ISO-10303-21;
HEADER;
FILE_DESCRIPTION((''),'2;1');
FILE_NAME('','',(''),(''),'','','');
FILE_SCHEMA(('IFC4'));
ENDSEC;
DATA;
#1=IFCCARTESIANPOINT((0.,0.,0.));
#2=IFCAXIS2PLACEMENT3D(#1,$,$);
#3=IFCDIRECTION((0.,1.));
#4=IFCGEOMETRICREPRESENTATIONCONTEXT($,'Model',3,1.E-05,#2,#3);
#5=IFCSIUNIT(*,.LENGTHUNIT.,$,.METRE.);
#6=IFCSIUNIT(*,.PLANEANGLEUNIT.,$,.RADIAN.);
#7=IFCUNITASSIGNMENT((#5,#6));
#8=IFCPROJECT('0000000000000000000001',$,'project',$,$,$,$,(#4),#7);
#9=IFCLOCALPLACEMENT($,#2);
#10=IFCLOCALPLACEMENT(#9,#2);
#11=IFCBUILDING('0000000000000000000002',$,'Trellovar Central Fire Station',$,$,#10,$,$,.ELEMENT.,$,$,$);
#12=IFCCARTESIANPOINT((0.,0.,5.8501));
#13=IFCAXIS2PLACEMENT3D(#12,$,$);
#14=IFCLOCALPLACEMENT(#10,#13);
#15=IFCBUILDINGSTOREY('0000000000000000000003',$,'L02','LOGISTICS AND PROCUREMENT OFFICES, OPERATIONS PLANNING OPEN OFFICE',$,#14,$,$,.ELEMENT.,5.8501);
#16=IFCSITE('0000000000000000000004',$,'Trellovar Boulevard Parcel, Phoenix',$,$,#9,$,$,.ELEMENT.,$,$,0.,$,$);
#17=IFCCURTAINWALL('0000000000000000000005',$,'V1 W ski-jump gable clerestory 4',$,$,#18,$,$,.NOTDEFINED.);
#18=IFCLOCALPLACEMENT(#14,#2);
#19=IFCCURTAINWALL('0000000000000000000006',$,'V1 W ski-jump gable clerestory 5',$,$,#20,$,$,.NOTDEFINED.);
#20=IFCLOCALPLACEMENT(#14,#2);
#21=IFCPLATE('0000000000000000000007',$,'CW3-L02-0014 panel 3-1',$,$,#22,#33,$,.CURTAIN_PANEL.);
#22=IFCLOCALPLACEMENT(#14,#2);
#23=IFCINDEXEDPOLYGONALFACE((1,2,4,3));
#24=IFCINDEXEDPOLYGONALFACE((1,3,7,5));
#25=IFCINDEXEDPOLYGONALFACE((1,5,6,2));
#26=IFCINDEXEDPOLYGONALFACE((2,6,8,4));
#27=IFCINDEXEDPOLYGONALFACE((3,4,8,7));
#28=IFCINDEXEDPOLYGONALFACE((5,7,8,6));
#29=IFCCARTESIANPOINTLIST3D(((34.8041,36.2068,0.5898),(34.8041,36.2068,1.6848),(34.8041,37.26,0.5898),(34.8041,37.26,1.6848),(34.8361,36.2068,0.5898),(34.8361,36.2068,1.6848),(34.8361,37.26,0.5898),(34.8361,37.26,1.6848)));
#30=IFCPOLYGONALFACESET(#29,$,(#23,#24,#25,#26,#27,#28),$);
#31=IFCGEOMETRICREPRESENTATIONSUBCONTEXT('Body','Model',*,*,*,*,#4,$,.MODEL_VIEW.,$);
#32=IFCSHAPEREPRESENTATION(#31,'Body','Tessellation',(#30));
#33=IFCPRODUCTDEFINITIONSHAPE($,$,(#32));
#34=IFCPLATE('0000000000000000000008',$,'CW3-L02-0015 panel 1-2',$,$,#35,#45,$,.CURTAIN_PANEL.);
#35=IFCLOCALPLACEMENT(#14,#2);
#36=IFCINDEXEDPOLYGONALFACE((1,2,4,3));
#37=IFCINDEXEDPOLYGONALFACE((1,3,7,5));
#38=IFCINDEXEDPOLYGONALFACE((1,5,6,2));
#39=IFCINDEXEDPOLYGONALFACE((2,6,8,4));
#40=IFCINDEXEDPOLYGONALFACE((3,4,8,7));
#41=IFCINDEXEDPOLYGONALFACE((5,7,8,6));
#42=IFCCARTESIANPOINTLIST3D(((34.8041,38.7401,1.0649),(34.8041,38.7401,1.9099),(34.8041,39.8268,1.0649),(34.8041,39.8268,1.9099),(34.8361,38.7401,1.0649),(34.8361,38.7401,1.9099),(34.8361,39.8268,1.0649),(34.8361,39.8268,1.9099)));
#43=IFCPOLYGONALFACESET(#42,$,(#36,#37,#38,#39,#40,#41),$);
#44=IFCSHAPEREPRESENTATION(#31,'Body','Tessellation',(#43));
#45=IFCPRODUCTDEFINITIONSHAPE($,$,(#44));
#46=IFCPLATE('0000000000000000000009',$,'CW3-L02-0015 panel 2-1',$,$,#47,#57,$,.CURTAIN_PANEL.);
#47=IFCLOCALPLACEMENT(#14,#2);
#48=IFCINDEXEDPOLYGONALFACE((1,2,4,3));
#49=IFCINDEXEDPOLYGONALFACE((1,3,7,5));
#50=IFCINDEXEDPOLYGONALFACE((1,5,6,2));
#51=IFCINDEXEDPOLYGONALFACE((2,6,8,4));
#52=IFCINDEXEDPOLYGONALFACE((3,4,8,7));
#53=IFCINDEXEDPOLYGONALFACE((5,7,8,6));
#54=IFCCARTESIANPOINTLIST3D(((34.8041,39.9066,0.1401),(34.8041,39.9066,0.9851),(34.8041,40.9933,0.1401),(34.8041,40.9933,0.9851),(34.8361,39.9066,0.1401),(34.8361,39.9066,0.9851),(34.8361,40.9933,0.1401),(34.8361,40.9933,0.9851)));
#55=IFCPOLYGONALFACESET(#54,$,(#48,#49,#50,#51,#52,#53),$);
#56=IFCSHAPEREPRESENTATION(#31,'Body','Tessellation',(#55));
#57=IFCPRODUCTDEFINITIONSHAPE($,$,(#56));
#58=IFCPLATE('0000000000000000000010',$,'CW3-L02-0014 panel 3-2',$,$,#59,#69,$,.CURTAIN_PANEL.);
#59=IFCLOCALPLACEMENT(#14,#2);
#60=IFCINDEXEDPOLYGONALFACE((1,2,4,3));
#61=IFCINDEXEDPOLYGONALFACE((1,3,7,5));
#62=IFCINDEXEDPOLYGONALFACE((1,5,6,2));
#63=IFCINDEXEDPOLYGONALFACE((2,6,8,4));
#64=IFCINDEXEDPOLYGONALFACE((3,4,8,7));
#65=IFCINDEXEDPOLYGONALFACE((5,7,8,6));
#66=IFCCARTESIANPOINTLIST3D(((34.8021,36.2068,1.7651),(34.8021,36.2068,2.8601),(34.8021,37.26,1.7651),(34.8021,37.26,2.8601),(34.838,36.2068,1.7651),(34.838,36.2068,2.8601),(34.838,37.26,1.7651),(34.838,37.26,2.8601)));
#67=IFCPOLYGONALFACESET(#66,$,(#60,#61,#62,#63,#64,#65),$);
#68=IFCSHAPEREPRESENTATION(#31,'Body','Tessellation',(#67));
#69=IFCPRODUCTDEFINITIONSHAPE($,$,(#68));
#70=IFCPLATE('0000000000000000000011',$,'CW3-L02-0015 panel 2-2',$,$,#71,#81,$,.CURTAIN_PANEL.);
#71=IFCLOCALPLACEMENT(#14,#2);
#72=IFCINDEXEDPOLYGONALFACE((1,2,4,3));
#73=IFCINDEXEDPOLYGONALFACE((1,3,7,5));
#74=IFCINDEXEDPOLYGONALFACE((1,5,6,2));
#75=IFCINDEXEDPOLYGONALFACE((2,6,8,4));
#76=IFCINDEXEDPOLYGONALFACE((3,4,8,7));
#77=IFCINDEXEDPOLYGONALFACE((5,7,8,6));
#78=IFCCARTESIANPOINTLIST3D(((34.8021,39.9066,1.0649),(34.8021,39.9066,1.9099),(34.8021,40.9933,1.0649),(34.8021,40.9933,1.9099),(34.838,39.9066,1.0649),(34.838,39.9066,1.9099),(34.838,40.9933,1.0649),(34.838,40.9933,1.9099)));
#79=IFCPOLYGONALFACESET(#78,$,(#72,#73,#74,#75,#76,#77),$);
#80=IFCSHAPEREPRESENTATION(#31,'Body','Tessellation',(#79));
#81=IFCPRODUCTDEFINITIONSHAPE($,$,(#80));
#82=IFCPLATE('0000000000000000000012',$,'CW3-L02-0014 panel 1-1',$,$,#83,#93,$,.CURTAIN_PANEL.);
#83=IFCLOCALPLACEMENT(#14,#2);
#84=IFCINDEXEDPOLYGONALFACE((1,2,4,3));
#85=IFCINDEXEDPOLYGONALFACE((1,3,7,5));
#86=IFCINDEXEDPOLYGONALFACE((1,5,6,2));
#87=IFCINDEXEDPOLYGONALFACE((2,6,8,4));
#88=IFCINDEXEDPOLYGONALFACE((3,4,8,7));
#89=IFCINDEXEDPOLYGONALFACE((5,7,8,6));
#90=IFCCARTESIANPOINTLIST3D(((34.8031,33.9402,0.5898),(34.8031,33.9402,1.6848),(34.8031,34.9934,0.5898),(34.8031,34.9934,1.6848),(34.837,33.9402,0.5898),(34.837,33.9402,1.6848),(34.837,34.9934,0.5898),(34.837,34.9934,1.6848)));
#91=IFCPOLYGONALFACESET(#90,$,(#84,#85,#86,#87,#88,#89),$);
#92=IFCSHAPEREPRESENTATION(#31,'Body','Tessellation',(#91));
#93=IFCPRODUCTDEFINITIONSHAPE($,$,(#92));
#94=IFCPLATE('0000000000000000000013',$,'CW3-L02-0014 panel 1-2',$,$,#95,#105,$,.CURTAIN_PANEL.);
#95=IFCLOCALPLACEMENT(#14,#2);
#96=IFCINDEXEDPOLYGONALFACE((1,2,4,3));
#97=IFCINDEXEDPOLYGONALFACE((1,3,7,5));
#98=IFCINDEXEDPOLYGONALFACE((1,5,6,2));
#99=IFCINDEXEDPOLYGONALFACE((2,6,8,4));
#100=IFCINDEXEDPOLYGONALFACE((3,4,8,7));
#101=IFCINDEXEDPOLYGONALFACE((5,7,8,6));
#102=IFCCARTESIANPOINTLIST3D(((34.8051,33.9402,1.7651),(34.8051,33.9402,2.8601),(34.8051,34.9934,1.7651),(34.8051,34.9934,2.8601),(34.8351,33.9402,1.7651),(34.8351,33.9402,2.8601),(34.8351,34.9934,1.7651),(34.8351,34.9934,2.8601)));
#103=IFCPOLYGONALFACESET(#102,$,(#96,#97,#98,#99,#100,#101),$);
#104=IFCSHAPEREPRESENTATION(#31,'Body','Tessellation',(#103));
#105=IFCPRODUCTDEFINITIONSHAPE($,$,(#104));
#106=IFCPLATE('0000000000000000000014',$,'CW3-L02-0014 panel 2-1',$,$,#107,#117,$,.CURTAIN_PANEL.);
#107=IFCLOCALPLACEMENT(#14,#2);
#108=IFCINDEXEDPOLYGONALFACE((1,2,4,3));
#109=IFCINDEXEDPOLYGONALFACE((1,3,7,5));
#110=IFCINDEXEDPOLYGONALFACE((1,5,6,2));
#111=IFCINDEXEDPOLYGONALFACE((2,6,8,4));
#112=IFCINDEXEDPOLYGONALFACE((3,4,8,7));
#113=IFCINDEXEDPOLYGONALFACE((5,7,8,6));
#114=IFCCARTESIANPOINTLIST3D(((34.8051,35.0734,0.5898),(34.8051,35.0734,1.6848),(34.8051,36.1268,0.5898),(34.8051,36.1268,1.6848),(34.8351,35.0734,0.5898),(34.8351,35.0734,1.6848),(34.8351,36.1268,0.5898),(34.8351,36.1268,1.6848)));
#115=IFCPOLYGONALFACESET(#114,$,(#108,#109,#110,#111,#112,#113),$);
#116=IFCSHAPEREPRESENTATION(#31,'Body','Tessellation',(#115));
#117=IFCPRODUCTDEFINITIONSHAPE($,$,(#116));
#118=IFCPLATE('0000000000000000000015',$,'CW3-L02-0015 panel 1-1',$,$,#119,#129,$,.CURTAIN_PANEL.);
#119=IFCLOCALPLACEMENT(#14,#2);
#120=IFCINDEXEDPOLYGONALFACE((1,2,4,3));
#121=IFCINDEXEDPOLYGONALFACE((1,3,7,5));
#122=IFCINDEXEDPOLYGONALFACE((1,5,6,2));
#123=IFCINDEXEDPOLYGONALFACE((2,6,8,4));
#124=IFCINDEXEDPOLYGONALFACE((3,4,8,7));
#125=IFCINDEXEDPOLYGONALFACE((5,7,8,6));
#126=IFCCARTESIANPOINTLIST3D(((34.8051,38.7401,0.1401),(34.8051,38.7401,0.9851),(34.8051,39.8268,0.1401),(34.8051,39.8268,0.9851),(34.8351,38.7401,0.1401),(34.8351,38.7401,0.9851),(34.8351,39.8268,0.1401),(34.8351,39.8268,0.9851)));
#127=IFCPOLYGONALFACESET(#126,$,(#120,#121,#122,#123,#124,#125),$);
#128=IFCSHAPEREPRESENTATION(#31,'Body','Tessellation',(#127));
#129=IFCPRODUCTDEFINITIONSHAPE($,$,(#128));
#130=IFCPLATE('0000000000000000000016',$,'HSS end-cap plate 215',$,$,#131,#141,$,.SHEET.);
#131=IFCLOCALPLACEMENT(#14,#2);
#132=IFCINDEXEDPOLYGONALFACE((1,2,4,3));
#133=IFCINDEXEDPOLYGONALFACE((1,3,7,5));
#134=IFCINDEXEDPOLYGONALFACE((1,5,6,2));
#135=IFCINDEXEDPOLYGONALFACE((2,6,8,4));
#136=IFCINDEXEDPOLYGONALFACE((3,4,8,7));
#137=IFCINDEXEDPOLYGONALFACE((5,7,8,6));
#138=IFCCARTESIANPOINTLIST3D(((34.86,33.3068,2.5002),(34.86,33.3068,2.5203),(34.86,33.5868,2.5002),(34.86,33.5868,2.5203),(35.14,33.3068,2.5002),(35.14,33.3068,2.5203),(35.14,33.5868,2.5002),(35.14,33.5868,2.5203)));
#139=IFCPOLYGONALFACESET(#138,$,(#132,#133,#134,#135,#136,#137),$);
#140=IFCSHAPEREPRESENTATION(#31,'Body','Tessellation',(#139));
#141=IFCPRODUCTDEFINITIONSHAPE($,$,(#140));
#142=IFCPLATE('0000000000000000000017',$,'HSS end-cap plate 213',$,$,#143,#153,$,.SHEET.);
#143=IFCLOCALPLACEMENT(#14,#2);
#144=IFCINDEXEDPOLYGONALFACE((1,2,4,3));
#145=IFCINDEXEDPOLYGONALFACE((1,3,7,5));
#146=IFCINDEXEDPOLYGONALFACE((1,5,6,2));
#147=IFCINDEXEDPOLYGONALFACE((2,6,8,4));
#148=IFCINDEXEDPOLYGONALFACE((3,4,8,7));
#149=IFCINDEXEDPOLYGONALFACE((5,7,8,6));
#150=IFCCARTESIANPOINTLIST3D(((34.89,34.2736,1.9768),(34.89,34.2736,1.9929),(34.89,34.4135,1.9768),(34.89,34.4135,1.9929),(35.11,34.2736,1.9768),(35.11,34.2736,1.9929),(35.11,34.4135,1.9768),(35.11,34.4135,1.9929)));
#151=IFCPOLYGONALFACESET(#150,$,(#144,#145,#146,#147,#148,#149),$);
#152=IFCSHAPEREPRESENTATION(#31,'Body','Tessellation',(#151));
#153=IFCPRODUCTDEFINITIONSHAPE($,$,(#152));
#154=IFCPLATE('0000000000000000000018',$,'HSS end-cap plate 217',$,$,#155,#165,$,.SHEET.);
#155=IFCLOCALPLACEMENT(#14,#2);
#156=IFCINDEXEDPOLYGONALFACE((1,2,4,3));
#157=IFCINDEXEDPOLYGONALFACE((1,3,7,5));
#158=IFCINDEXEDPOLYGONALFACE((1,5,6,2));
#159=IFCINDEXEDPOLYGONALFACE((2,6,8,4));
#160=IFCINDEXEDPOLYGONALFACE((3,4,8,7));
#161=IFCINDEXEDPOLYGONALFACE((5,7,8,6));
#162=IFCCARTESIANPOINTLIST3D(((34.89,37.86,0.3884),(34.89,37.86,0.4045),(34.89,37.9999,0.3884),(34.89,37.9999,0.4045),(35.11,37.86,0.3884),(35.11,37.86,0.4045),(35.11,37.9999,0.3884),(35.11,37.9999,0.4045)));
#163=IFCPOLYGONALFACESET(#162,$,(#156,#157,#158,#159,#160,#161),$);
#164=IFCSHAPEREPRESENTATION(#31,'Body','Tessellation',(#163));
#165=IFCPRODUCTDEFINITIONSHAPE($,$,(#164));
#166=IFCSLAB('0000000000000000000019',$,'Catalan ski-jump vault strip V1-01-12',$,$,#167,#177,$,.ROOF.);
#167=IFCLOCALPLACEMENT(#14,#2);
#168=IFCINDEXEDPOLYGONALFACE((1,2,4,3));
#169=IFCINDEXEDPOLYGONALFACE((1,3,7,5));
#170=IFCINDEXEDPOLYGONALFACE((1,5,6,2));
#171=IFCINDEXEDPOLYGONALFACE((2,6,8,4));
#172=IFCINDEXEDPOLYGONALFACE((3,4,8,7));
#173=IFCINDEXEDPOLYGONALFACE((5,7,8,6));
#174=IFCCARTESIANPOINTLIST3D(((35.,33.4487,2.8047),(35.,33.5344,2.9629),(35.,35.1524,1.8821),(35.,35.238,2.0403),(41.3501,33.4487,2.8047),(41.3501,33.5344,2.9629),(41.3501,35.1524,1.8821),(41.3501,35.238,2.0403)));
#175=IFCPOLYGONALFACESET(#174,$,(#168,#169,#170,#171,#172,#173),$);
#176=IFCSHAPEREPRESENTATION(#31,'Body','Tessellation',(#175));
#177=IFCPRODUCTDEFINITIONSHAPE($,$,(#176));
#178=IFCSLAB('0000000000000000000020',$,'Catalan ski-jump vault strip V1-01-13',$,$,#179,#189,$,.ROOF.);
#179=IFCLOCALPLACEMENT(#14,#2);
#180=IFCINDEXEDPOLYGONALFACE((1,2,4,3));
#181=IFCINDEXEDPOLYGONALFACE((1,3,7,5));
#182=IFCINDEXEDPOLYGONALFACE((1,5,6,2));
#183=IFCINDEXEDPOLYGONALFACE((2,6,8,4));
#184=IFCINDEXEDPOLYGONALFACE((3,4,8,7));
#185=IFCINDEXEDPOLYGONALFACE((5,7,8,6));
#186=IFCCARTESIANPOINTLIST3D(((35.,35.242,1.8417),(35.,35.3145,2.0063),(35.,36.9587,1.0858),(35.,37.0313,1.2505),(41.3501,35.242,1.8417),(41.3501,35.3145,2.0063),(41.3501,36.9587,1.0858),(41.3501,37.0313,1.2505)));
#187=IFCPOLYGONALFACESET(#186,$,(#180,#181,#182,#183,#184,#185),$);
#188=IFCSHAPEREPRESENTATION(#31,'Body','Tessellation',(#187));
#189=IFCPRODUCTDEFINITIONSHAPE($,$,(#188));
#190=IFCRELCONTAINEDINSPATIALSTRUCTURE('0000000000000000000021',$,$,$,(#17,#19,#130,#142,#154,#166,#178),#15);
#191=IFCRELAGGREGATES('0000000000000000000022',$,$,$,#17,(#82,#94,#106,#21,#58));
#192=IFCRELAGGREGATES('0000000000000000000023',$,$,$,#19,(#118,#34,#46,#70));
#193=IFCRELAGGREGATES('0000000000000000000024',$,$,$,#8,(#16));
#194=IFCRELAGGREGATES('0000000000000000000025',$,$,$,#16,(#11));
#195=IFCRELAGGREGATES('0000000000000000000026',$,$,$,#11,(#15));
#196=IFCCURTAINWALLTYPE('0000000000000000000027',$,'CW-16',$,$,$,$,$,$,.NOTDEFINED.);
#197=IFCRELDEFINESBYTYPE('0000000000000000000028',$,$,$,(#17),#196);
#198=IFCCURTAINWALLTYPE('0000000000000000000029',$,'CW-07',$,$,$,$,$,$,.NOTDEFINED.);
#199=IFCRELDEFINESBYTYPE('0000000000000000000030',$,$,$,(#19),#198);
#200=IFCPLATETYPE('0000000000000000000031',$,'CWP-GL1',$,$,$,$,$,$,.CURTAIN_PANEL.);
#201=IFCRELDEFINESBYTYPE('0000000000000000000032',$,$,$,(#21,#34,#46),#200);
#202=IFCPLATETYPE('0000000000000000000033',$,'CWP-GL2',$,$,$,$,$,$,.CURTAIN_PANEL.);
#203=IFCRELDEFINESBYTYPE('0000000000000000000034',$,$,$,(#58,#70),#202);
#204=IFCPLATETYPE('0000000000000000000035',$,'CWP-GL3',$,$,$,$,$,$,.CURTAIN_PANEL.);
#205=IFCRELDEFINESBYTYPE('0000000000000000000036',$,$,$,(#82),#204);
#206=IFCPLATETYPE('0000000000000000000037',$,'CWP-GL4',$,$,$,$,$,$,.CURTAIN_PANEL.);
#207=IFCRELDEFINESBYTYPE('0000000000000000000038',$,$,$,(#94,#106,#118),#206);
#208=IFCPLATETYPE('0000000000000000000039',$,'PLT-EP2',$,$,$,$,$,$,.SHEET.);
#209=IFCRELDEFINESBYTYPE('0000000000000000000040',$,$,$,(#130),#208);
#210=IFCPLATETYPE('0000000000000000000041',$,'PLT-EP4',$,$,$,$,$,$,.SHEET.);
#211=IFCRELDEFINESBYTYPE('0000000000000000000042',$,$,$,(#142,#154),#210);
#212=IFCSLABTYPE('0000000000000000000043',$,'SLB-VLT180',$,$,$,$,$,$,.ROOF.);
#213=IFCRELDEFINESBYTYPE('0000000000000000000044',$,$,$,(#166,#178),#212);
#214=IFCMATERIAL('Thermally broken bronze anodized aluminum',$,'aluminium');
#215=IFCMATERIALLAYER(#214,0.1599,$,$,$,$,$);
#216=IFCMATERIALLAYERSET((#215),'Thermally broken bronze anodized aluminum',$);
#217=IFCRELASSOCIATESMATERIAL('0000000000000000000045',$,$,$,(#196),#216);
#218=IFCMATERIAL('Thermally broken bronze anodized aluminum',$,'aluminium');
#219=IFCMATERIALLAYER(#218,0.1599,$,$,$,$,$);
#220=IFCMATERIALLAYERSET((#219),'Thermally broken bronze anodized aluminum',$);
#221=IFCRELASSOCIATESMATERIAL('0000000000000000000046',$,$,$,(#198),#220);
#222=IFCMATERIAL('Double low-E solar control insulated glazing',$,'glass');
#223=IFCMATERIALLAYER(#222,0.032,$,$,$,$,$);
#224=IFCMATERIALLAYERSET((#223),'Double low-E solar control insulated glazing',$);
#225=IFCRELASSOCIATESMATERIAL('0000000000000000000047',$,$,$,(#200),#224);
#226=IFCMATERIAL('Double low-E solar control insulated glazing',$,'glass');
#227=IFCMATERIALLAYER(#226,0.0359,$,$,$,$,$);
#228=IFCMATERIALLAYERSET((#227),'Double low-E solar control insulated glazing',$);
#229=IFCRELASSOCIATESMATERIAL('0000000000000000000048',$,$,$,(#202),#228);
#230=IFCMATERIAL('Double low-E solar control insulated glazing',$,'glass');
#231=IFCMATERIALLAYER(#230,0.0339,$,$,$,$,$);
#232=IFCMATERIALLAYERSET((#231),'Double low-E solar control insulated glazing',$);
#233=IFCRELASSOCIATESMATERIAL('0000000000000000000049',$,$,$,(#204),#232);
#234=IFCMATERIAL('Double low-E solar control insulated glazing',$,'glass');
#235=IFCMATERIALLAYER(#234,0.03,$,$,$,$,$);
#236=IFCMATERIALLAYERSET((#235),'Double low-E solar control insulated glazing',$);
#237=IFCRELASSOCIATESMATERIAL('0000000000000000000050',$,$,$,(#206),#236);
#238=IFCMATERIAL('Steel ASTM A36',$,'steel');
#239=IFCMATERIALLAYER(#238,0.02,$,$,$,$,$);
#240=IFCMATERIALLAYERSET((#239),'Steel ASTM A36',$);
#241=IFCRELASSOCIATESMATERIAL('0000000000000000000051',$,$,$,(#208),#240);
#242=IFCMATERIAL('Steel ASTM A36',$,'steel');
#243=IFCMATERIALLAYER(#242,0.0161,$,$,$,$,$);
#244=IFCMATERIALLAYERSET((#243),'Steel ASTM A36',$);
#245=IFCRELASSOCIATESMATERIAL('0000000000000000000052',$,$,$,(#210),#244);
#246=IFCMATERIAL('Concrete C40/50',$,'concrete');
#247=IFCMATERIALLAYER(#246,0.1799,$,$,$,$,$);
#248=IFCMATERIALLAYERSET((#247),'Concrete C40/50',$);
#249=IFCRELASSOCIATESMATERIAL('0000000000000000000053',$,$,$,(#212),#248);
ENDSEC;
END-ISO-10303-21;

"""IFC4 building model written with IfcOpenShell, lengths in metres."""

from ifc_helpers import new_model, si_unit, direction, frame, origin, origin_2d, place, context, subcontext, project, spatial, polyline, rectangle, outline, extrude, material, layer, layer_set, type_object, element, aggregate, save


model = new_model("IFC4")

# Units and contexts
model_context = context("Model", 3, precision=1e-05, world=origin(), true_north=direction((0.0, 1.0)))
body_context = subcontext(model_context, "Body", "Model", "MODEL_VIEW")
ifc_project = project(units=[si_unit("LENGTHUNIT", "METRE"), si_unit("PLANEANGLEUNIT", "RADIAN")], contexts=[model_context])

# Site, building, storey
site_placement = place(None, origin())
site = spatial("IfcSite", under=ifc_project, at=site_placement, Name="Trellovar Boulevard Parcel, Phoenix", CompositionType="ELEMENT", RefElevation=0.0)
building_placement = place(site_placement, origin())
building = spatial("IfcBuilding", under=site, at=building_placement, Name="Trellovar Central Fire Station", CompositionType="ELEMENT")
storey_placement = place(building_placement, frame((0.0, 0.0, 5.8501)))
storey = spatial("IfcBuildingStorey", under=building, at=storey_placement, Name="L02", Description="LOGISTICS AND PROCUREMENT OFFICES, OPERATIONS PLANNING OPEN OFFICE", CompositionType="ELEMENT", Elevation=5.8501)

# Curtain walls
ifc_material_1 = material(Name="Thermally broken bronze anodized aluminum", Category="aluminium")
ifc_layer_1 = layer(ifc_material_1, 0.1599)
ifc_layer_set_1 = layer_set([ifc_layer_1], Name="Thermally broken bronze anodized aluminum")
curtain_wall_type_1 = type_object("IfcCurtainWallType", Name="CW-16", PredefinedType="NOTDEFINED", material=ifc_layer_set_1)
curtain_wall_1_placement = place(storey_placement, origin())
curtain_wall_1 = element("IfcCurtainWall", 1, at=curtain_wall_1_placement, inside=storey, type_object=curtain_wall_type_1, Name="V1 W ski-jump gable clerestory 4", PredefinedType="NOTDEFINED")
ifc_material_2 = material(Name="Thermally broken bronze anodized aluminum", Category="aluminium")
ifc_layer_2 = layer(ifc_material_2, 0.1599)
ifc_layer_set_2 = layer_set([ifc_layer_2], Name="Thermally broken bronze anodized aluminum")
curtain_wall_type_2 = type_object("IfcCurtainWallType", Name="CW-07", PredefinedType="NOTDEFINED", material=ifc_layer_set_2)
curtain_wall_2_placement = place(storey_placement, origin())
curtain_wall_2 = element("IfcCurtainWall", 2, at=curtain_wall_2_placement, inside=storey, type_object=curtain_wall_type_2, Name="V1 W ski-jump gable clerestory 5", PredefinedType="NOTDEFINED")

# Plates
ifc_material_3 = material(Name="Double low-E solar control insulated glazing", Category="glass")
ifc_layer_3 = layer(ifc_material_3, 0.032)
ifc_layer_set_3 = layer_set([ifc_layer_3], Name="Double low-E solar control insulated glazing")
plate_type_1 = type_object("IfcPlateType", Name="CWP-GL1", PredefinedType="CURTAIN_PANEL", material=ifc_layer_set_3)
plate_1_placement = place(storey_placement, frame((34.8201, 36.7334, 0.5898), z_axis=(0.0, 0.0, 1.0), x_axis=(0.0, 1.0, 0.0)))
plate_1 = element("IfcPlate", 3, at=plate_1_placement, type_object=plate_type_1, Name="CW3-L02-0014 panel 3-1", PredefinedType="CURTAIN_PANEL", context=body_context, shape_type="SweptSolid", body=[
    extrude(rectangle(XDim=1.0532, YDim=0.032, at=origin_2d()), origin(), (0.0, 0.0, 1.0), 1.095),
])
plate_2_placement = place(storey_placement, frame((34.8201, 39.2834, 1.0649), z_axis=(0.0, 0.0, 1.0), x_axis=(0.0, 1.0, 0.0)))
plate_2 = element("IfcPlate", 4, at=plate_2_placement, type_object=plate_type_1, Name="CW3-L02-0015 panel 1-2", PredefinedType="CURTAIN_PANEL", context=body_context, shape_type="SweptSolid", body=[
    extrude(rectangle(XDim=1.0867, YDim=0.032, at=origin_2d()), origin(), (0.0, 0.0, 1.0), 0.845),
])
plate_3_placement = place(storey_placement, frame((34.8201, 40.45, 0.1401), z_axis=(0.0, 0.0, 1.0), x_axis=(0.0, 1.0, 0.0)))
plate_3 = element("IfcPlate", 5, at=plate_3_placement, type_object=plate_type_1, Name="CW3-L02-0015 panel 2-1", PredefinedType="CURTAIN_PANEL", context=body_context, shape_type="SweptSolid", body=[
    extrude(rectangle(XDim=1.0867, YDim=0.032, at=origin_2d()), origin(), (0.0, 0.0, 1.0), 0.845),
])
ifc_material_4 = material(Name="Double low-E solar control insulated glazing", Category="glass")
ifc_layer_4 = layer(ifc_material_4, 0.0359)
ifc_layer_set_4 = layer_set([ifc_layer_4], Name="Double low-E solar control insulated glazing")
plate_type_2 = type_object("IfcPlateType", Name="CWP-GL2", PredefinedType="CURTAIN_PANEL", material=ifc_layer_set_4)
plate_4_placement = place(storey_placement, frame((34.8201, 36.7334, 1.7651), z_axis=(0.0, 0.0, 1.0), x_axis=(0.0, 1.0, 0.0)))
plate_4 = element("IfcPlate", 6, at=plate_4_placement, type_object=plate_type_2, Name="CW3-L02-0014 panel 3-2", PredefinedType="CURTAIN_PANEL", context=body_context, shape_type="SweptSolid", body=[
    extrude(rectangle(XDim=1.0532, YDim=0.0359, at=origin_2d()), origin(), (0.0, 0.0, 1.0), 1.095),
])
plate_5_placement = place(storey_placement, frame((34.8201, 40.45, 1.0649), z_axis=(0.0, 0.0, 1.0), x_axis=(0.0, 1.0, 0.0)))
plate_5 = element("IfcPlate", 7, at=plate_5_placement, type_object=plate_type_2, Name="CW3-L02-0015 panel 2-2", PredefinedType="CURTAIN_PANEL", context=body_context, shape_type="SweptSolid", body=[
    extrude(rectangle(XDim=1.0867, YDim=0.0359, at=origin_2d()), origin(), (0.0, 0.0, 1.0), 0.845),
])
ifc_material_5 = material(Name="Double low-E solar control insulated glazing", Category="glass")
ifc_layer_5 = layer(ifc_material_5, 0.0339)
ifc_layer_set_5 = layer_set([ifc_layer_5], Name="Double low-E solar control insulated glazing")
plate_type_3 = type_object("IfcPlateType", Name="CWP-GL3", PredefinedType="CURTAIN_PANEL", material=ifc_layer_set_5)
plate_6_placement = place(storey_placement, frame((34.8201, 34.4668, 0.5898), z_axis=(0.0, 0.0, 1.0), x_axis=(0.0, 1.0, 0.0)))
plate_6 = element("IfcPlate", 8, at=plate_6_placement, type_object=plate_type_3, Name="CW3-L02-0014 panel 1-1", PredefinedType="CURTAIN_PANEL", context=body_context, shape_type="SweptSolid", body=[
    extrude(rectangle(XDim=1.0532, YDim=0.0339, at=origin_2d()), origin(), (0.0, 0.0, 1.0), 1.095),
])
ifc_material_6 = material(Name="Double low-E solar control insulated glazing", Category="glass")
ifc_layer_6 = layer(ifc_material_6, 0.03)
ifc_layer_set_6 = layer_set([ifc_layer_6], Name="Double low-E solar control insulated glazing")
plate_type_4 = type_object("IfcPlateType", Name="CWP-GL4", PredefinedType="CURTAIN_PANEL", material=ifc_layer_set_6)
plate_7_placement = place(storey_placement, frame((34.8201, 34.4668, 1.7651), z_axis=(0.0, 0.0, 1.0), x_axis=(0.0, 1.0, 0.0)))
plate_7 = element("IfcPlate", 9, at=plate_7_placement, type_object=plate_type_4, Name="CW3-L02-0014 panel 1-2", PredefinedType="CURTAIN_PANEL", context=body_context, shape_type="SweptSolid", body=[
    extrude(rectangle(XDim=1.0532, YDim=0.03, at=origin_2d()), origin(), (0.0, 0.0, 1.0), 1.095),
])
plate_8_placement = place(storey_placement, frame((34.8201, 35.6001, 0.5898), z_axis=(0.0, 0.0, 1.0), x_axis=(0.0, 1.0, 0.0)))
plate_8 = element("IfcPlate", 10, at=plate_8_placement, type_object=plate_type_4, Name="CW3-L02-0014 panel 2-1", PredefinedType="CURTAIN_PANEL", context=body_context, shape_type="SweptSolid", body=[
    extrude(rectangle(XDim=1.0535, YDim=0.03, at=origin_2d()), origin(), (0.0, 0.0, 1.0), 1.095),
])
aggregate(curtain_wall_1, [plate_6, plate_7, plate_8, plate_1, plate_4])
plate_9_placement = place(storey_placement, frame((34.8201, 39.2834, 0.1401), z_axis=(0.0, 0.0, 1.0), x_axis=(0.0, 1.0, 0.0)))
plate_9 = element("IfcPlate", 11, at=plate_9_placement, type_object=plate_type_4, Name="CW3-L02-0015 panel 1-1", PredefinedType="CURTAIN_PANEL", context=body_context, shape_type="SweptSolid", body=[
    extrude(rectangle(XDim=1.0867, YDim=0.03, at=origin_2d()), origin(), (0.0, 0.0, 1.0), 0.845),
])
aggregate(curtain_wall_2, [plate_9, plate_2, plate_3, plate_5])

# Plates
ifc_material_7 = material(Name="Steel ASTM A36", Category="steel")
ifc_layer_7 = layer(ifc_material_7, 0.02)
ifc_layer_set_7 = layer_set([ifc_layer_7], Name="Steel ASTM A36")
plate_type_5 = type_object("IfcPlateType", Name="PLT-EP2", PredefinedType="SHEET", material=ifc_layer_set_7)
plate_10_placement = place(storey_placement, frame((35.0, 33.4468, 2.5002), z_axis=(0.0, 0.0, 1.0), x_axis=(1.0, 0.0, 0.0)))
element("IfcPlate", 12, at=plate_10_placement, inside=storey, type_object=plate_type_5, Name="HSS end-cap plate 215", PredefinedType="SHEET", context=body_context, shape_type="SweptSolid", body=[
    extrude(rectangle(XDim=0.28, YDim=0.28, at=origin_2d()), origin(), (0.0, 0.0, 1.0), 0.02),
])
ifc_material_8 = material(Name="Steel ASTM A36", Category="steel")
ifc_layer_8 = layer(ifc_material_8, 0.0161)
ifc_layer_set_8 = layer_set([ifc_layer_8], Name="Steel ASTM A36")
plate_type_6 = type_object("IfcPlateType", Name="PLT-EP4", PredefinedType="SHEET", material=ifc_layer_set_8)
for number, where, z_axis, x_axis, name in (
    (13, (35.0, 34.3435, 1.9768), (0.0, 0.0, 1.0), (1.0, 0.0, 0.0), "HSS end-cap plate 213"),
    (14, (35.0, 37.9299, 0.3884), (0.0, 0.0, 1.0), (1.0, 0.0, 0.0), "HSS end-cap plate 217"),
):
    element("IfcPlate", number, at=place(storey_placement, frame(where, z_axis=z_axis, x_axis=x_axis)), inside=storey, type_object=plate_type_6, Name=name, PredefinedType="SHEET", context=body_context, shape_type="SweptSolid", body=[
        extrude(rectangle(XDim=0.22, YDim=0.1399, at=origin_2d()), origin(), (0.0, 0.0, 1.0), 0.0161),
    ])

# Slabs
ifc_material_9 = material(Name="Concrete C40/50", Category="concrete")
ifc_layer_9 = layer(ifc_material_9, 0.1799)
ifc_layer_set_9 = layer_set([ifc_layer_9], Name="Concrete C40/50")
slab_type = type_object("IfcSlabType", Name="SLB-VLT180", PredefinedType="ROOF", material=ifc_layer_set_9)
slab_1_placement = place(storey_placement, frame((35.0, 33.5344, 2.9629), z_axis=(0.0, 0.47621, 0.879332), x_axis=(1.0, 0.0, 0.0)))
element("IfcSlab", 15, at=slab_1_placement, inside=storey, type_object=slab_type, Name="Catalan ski-jump vault strip V1-01-12", PredefinedType="ROOF", context=body_context, shape_type="SweptSolid", body=[
    extrude(outline(polyline([(0.0, 0.0), (6.3501, 0.0), (6.3501, 1.9374), (0.0, 1.9374), (0.0, 0.0)])), origin(), (0.0, 0.0, -1.0), 0.1799),
])
slab_2_placement = place(storey_placement, frame((35.0, 35.3145, 2.0063), z_axis=(0.0, 0.402948, 0.915223), x_axis=(1.0, 0.0, 0.0)))
element("IfcSlab", 16, at=slab_2_placement, inside=storey, type_object=slab_type, Name="Catalan ski-jump vault strip V1-01-13", PredefinedType="ROOF", context=body_context, shape_type="SweptSolid", body=[
    extrude(outline(polyline([(0.0, 0.0), (6.3501, 0.0), (6.3501, 1.8758), (0.0, 1.8758), (0.0, 0.0)])), origin(), (0.0, 0.0, -1.0), 0.1799),
])

save(model, "model.ifc")
